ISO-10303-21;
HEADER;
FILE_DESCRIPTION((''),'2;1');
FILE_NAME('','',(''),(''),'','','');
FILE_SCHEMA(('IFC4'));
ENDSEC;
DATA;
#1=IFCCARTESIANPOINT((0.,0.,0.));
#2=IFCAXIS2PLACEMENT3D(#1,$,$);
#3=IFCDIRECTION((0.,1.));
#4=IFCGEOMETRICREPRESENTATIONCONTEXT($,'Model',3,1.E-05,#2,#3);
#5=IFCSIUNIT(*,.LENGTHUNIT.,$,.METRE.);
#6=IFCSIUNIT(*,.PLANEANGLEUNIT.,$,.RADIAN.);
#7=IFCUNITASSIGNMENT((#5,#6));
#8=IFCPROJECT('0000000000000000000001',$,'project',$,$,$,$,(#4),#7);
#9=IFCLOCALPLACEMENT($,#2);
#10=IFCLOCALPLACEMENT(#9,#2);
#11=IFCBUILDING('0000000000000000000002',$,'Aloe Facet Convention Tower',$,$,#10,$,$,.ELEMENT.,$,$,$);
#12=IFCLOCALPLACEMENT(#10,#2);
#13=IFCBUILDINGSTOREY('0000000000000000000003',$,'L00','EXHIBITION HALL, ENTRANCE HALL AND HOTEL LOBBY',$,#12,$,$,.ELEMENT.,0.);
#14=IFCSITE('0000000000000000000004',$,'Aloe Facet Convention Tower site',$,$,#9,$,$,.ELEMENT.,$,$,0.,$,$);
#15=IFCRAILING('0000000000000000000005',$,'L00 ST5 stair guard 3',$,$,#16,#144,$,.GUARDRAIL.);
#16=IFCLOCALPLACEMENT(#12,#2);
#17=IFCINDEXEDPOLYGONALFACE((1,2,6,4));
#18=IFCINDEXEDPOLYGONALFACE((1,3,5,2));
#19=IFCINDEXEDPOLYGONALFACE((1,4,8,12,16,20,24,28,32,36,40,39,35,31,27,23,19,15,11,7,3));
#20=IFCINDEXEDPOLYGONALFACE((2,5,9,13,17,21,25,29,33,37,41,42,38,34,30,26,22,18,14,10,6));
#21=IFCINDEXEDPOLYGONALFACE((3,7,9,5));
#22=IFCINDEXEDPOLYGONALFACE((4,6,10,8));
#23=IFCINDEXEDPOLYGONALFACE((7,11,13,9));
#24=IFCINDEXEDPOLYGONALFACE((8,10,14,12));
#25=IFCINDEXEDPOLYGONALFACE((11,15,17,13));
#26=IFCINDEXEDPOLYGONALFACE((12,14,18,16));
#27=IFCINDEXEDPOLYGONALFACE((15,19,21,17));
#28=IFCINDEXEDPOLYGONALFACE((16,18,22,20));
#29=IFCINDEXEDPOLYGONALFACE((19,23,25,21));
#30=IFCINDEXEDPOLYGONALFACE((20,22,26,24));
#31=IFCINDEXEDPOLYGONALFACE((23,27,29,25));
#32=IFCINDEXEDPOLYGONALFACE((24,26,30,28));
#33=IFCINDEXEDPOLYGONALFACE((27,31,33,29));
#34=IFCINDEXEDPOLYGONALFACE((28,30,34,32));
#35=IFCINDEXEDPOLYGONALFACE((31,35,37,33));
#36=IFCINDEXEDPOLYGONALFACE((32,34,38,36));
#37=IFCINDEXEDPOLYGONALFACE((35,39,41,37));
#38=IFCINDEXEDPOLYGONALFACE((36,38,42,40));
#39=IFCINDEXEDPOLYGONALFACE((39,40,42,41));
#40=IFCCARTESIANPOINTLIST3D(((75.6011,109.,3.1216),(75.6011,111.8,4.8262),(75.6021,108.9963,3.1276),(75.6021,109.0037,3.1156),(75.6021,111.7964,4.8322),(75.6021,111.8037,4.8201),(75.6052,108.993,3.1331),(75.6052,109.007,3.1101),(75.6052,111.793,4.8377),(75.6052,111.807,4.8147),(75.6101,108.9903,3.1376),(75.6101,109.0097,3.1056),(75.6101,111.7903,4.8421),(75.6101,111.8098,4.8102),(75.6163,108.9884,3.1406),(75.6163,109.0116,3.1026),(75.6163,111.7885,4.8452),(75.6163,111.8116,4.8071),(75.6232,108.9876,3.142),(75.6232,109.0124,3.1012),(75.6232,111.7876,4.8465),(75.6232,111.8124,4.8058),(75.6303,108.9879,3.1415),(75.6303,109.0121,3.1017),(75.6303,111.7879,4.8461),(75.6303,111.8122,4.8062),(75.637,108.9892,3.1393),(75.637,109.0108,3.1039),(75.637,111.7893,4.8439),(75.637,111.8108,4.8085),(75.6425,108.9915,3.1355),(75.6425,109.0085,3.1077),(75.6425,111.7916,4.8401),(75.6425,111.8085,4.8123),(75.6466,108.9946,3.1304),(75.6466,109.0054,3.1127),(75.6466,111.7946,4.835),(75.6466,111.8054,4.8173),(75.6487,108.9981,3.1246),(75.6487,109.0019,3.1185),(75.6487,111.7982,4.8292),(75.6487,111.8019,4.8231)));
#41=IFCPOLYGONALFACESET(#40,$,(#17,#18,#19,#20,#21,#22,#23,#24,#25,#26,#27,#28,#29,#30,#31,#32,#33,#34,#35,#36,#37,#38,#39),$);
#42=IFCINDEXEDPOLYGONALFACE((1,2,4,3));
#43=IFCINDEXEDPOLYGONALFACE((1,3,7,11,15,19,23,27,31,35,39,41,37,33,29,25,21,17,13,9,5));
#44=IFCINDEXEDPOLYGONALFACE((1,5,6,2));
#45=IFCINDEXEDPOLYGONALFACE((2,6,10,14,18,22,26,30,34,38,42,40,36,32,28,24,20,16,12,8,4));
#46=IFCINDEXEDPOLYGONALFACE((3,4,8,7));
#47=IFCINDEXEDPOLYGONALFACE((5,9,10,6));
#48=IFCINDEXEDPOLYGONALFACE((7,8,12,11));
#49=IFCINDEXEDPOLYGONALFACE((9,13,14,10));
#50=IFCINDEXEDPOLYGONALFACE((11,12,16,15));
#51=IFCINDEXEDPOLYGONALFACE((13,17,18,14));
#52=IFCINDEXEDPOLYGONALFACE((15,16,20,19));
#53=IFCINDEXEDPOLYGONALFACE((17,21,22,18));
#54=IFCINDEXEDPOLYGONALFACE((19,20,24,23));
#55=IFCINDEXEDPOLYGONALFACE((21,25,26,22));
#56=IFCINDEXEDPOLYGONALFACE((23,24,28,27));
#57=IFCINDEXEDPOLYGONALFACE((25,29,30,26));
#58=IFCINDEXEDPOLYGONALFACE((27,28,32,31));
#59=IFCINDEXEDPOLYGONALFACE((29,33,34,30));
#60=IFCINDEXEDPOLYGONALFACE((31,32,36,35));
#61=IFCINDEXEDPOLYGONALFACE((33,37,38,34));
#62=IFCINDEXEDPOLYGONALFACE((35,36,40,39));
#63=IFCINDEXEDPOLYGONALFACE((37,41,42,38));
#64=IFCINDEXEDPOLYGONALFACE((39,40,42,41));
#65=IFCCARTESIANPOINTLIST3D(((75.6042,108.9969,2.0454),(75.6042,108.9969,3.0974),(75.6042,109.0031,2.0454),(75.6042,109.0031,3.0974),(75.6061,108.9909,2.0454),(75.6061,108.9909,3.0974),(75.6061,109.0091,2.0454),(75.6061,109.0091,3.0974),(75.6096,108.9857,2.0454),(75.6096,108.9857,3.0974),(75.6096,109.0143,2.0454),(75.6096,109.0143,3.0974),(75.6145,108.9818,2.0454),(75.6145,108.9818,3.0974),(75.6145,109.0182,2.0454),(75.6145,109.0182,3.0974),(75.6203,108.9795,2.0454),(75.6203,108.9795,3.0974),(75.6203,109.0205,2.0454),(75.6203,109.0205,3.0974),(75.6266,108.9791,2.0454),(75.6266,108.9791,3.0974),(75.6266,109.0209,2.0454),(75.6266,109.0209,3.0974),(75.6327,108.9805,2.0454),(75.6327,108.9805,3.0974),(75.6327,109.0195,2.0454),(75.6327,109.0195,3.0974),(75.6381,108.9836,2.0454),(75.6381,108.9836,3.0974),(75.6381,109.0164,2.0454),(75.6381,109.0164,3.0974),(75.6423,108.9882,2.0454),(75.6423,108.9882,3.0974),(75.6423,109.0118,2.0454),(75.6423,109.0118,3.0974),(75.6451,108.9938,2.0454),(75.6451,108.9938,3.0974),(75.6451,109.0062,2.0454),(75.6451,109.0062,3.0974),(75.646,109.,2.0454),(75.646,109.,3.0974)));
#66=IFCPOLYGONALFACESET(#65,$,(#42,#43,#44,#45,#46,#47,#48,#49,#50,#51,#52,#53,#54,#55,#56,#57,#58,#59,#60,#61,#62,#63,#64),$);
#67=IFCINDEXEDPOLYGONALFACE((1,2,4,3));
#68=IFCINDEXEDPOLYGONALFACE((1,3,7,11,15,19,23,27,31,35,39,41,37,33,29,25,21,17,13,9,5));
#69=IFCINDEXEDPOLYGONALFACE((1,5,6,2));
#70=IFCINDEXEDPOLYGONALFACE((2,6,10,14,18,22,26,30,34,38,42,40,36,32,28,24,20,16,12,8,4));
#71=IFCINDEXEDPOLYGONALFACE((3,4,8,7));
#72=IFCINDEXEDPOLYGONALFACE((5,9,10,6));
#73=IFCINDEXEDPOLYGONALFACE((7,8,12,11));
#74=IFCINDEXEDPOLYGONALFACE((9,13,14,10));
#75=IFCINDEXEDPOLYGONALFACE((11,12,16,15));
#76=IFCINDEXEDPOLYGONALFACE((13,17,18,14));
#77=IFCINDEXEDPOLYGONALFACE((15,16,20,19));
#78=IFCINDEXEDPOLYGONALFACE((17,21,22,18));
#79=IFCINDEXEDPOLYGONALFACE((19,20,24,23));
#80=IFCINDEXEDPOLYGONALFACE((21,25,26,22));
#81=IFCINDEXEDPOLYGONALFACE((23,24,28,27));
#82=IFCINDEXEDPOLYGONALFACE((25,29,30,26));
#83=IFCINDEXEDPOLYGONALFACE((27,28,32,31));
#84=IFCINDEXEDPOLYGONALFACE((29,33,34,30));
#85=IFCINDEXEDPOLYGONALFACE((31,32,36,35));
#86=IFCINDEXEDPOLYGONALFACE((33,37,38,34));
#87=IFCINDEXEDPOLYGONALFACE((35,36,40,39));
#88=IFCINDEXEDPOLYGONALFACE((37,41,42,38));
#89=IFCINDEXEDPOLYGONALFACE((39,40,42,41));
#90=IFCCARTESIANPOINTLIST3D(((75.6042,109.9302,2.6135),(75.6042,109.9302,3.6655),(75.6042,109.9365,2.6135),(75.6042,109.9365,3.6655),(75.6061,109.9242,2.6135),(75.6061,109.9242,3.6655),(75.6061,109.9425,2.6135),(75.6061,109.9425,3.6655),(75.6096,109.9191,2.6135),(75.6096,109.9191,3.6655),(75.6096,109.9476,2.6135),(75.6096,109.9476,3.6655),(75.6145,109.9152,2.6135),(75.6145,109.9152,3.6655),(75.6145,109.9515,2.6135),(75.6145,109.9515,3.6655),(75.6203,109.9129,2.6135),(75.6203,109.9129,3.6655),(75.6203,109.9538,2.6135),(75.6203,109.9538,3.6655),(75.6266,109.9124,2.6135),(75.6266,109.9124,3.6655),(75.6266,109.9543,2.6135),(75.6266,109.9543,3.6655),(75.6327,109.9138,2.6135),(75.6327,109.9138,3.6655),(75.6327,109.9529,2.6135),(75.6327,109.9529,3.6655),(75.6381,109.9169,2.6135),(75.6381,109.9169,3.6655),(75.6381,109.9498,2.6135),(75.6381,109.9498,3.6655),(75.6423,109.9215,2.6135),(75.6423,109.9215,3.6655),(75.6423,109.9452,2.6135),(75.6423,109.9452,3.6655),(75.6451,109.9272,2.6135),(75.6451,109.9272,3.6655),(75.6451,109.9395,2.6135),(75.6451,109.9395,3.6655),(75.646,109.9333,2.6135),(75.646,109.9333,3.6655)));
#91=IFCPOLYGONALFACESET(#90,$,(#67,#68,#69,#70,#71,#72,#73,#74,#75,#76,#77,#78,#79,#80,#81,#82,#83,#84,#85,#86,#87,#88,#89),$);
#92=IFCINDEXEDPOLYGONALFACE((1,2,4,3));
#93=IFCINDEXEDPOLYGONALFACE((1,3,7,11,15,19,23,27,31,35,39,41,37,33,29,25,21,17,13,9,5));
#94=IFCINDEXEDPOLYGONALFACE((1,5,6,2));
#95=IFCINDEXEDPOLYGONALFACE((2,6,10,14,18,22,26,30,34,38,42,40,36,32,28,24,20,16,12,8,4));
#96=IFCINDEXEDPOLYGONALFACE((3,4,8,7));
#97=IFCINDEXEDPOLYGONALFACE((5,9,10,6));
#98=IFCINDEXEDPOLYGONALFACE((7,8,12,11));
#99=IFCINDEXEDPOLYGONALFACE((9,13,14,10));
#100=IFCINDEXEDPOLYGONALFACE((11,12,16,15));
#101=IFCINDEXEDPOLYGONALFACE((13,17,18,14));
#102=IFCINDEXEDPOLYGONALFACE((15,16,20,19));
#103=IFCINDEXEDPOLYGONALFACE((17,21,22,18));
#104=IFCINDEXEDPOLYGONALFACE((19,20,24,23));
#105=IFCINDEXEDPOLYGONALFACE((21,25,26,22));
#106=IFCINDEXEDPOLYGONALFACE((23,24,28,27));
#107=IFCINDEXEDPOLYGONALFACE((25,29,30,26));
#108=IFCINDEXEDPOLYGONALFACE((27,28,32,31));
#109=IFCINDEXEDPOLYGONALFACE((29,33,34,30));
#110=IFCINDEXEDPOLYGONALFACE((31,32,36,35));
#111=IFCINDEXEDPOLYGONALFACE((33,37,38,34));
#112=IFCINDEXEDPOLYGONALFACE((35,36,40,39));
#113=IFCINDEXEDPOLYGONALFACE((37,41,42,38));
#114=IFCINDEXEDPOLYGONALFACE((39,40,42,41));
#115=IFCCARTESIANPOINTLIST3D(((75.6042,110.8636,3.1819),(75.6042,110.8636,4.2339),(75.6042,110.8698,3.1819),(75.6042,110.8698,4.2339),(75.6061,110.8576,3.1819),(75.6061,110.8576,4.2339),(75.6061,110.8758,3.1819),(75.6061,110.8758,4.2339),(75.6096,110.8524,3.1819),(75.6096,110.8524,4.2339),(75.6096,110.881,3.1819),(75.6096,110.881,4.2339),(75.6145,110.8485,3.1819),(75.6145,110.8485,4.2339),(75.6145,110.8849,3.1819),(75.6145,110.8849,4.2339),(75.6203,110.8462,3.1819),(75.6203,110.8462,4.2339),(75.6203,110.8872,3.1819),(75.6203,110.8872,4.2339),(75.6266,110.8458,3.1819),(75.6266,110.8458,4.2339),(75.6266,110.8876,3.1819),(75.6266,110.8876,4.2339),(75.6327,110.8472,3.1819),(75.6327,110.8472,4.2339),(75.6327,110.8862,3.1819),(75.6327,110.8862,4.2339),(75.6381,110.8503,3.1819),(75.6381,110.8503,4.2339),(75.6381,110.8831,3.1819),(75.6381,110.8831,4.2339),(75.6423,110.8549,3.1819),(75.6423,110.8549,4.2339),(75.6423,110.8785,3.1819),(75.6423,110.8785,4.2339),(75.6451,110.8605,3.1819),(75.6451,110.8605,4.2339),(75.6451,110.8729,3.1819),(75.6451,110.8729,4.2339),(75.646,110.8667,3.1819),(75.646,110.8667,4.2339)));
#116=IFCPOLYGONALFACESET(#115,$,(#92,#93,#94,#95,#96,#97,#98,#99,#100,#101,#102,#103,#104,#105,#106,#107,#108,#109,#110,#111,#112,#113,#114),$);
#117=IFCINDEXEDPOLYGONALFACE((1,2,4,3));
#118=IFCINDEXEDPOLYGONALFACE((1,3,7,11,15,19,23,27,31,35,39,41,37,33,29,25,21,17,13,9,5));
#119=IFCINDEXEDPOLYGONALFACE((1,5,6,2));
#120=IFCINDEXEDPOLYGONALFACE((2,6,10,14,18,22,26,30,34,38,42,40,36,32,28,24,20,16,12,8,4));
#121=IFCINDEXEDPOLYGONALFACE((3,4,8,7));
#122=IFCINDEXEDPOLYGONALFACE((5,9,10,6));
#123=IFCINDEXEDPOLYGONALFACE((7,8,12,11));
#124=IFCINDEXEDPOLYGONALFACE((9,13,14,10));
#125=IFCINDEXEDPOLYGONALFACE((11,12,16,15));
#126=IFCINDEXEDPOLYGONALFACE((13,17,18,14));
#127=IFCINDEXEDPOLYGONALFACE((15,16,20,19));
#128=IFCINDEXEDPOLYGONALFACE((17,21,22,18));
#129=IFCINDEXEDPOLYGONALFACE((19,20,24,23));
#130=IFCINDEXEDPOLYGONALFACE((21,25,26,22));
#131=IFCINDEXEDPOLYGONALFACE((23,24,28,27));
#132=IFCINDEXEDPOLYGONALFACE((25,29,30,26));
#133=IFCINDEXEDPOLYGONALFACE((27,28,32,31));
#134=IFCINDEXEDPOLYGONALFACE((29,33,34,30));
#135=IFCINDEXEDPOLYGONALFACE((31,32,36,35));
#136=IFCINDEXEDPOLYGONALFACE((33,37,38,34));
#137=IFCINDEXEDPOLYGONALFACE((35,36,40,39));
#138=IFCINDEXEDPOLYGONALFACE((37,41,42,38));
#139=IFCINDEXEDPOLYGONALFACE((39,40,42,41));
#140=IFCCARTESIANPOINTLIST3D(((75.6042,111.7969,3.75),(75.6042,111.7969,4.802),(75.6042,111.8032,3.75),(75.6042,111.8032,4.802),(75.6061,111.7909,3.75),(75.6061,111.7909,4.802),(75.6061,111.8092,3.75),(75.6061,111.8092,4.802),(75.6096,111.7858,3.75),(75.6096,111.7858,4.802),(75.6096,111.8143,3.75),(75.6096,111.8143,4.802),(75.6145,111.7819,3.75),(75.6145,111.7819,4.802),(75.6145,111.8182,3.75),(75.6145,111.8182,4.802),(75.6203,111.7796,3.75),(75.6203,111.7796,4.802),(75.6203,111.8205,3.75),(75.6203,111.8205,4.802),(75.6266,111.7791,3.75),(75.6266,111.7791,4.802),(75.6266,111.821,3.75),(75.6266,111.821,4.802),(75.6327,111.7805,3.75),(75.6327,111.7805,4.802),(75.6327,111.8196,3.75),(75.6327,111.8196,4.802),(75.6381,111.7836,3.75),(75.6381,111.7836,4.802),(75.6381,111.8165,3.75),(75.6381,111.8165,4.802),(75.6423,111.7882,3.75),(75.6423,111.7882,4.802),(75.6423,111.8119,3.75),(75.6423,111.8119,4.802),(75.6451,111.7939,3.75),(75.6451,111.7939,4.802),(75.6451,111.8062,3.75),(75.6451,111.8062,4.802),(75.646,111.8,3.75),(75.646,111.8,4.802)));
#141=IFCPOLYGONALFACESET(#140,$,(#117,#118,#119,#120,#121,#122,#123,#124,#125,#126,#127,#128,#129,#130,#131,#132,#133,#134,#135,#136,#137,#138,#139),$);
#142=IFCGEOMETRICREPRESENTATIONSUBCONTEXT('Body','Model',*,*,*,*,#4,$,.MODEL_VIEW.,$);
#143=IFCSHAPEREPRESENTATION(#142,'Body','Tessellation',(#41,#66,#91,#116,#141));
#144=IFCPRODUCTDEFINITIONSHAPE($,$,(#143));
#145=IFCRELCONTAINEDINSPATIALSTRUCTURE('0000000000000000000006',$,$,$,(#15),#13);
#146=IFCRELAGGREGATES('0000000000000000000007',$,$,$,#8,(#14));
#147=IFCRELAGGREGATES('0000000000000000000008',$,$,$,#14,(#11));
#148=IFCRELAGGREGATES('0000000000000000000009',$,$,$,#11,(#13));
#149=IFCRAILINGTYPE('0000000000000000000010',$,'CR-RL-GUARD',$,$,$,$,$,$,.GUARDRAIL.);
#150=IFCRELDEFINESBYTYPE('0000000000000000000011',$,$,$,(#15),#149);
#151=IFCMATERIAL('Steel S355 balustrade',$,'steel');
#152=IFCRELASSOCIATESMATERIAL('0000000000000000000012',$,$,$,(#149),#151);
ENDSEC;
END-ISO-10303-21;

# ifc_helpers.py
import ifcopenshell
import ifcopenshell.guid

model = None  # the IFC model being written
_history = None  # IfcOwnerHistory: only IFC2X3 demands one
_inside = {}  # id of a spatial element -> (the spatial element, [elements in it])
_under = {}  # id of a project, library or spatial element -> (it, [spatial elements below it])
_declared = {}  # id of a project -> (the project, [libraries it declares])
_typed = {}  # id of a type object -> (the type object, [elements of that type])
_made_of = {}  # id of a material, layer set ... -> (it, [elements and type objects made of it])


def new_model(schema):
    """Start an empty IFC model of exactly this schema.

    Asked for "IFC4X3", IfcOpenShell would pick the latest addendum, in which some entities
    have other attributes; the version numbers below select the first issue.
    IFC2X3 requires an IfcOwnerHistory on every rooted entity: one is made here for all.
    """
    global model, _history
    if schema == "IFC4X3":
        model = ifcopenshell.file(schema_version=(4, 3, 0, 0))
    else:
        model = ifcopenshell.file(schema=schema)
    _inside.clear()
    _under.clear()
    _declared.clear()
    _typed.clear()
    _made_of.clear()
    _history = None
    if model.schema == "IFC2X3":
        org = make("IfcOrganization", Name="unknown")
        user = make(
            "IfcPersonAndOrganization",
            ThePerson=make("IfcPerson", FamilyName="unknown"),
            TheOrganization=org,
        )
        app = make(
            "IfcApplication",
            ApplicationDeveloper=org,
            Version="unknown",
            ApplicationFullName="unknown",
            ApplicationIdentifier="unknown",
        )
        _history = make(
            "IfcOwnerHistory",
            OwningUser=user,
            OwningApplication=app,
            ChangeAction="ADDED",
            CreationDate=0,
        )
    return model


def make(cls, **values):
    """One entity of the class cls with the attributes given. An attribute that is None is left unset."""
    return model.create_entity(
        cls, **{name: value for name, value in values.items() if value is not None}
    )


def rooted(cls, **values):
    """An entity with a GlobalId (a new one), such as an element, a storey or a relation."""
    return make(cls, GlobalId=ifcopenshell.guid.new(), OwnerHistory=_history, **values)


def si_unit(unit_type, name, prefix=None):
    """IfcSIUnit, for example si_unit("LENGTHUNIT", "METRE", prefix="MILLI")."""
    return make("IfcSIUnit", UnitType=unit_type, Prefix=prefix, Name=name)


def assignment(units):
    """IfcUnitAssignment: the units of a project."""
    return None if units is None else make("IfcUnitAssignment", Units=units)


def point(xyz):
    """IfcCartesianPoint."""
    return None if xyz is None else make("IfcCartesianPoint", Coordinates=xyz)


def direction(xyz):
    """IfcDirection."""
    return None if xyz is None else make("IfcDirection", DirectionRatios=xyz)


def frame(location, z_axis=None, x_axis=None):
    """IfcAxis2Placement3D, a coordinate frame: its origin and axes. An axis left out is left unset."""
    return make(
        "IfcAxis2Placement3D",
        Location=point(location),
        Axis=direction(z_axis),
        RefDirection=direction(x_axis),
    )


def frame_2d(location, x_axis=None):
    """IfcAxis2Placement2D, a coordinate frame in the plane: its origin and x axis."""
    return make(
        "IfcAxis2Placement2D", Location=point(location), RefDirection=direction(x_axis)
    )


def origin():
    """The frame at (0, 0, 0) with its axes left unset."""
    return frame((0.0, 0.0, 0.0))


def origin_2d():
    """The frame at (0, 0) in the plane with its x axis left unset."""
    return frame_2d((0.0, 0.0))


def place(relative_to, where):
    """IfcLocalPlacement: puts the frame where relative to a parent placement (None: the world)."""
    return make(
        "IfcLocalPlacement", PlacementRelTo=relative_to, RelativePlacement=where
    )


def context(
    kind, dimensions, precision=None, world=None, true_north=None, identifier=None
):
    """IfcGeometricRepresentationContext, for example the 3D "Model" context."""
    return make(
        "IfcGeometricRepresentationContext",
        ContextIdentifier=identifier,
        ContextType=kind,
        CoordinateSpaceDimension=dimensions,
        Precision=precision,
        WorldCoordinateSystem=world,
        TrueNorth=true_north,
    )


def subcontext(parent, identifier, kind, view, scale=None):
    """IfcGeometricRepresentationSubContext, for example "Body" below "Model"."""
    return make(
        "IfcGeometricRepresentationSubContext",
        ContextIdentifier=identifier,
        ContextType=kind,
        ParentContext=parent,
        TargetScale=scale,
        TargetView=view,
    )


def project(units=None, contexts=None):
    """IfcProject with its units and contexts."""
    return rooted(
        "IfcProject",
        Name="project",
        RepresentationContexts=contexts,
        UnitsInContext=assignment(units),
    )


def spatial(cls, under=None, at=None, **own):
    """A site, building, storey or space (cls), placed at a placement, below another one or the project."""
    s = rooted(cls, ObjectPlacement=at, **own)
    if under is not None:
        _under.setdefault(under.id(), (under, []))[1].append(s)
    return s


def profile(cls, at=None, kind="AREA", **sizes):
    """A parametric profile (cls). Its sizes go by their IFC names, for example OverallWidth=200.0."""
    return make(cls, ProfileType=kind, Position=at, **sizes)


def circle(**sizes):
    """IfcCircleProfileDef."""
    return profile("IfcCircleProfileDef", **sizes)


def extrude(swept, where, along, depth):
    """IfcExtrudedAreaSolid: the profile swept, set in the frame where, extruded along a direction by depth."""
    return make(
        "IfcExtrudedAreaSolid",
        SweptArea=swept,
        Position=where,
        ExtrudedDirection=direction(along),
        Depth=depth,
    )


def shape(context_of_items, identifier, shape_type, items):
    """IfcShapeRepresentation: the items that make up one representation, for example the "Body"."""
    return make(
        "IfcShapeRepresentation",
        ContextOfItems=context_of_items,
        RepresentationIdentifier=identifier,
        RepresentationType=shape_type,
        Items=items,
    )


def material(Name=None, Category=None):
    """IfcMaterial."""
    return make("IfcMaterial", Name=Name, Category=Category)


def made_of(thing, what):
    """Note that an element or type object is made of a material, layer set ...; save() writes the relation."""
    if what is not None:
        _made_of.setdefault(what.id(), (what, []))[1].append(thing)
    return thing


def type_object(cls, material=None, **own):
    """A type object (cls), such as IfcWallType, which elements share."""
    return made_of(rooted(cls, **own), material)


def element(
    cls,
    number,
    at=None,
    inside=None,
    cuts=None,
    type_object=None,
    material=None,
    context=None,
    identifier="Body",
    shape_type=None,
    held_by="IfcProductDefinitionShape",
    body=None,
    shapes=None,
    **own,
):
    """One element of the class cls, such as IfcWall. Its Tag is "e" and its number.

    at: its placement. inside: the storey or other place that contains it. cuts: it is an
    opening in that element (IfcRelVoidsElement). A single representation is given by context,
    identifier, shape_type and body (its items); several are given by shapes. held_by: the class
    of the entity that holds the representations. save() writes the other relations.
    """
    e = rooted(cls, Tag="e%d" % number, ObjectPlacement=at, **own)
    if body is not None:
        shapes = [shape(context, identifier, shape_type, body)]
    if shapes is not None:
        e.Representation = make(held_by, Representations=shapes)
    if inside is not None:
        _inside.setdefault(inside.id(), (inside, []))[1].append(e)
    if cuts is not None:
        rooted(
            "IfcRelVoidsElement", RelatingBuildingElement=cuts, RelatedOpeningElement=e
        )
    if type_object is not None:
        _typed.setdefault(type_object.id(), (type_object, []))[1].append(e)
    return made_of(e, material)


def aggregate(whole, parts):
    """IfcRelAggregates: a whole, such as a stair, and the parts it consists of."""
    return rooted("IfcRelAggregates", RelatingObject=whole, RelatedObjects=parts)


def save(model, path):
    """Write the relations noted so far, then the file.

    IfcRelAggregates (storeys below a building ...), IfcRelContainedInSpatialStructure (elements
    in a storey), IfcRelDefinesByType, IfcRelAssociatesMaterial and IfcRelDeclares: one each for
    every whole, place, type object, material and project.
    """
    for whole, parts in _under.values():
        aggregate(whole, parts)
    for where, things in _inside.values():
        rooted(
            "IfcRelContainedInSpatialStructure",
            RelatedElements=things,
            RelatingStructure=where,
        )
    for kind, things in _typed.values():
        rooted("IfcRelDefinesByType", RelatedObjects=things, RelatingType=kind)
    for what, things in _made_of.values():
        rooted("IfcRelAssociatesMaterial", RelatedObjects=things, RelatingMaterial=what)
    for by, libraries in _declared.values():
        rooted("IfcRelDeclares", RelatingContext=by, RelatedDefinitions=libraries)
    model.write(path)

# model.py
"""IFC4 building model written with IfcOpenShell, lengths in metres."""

from ifc_helpers import new_model, si_unit, direction, frame, origin, origin_2d, place, context, subcontext, project, spatial, circle, extrude, material, type_object, element, save


model = new_model("IFC4")

# Units and contexts
model_context = context("Model", 3, precision=1e-05, world=origin(), true_north=direction((0.0, 1.0)))
body_context = subcontext(model_context, "Body", "Model", "MODEL_VIEW")
ifc_project = project(units=[si_unit("LENGTHUNIT", "METRE"), si_unit("PLANEANGLEUNIT", "RADIAN")], contexts=[model_context])

# Site, building, storey
site_placement = place(None, origin())
site = spatial("IfcSite", under=ifc_project, at=site_placement, Name="Aloe Facet Convention Tower site", CompositionType="ELEMENT", RefElevation=0.0)
building_placement = place(site_placement, origin())
building = spatial("IfcBuilding", under=site, at=building_placement, Name="Aloe Facet Convention Tower", CompositionType="ELEMENT")
storey_placement = place(building_placement, origin())
storey = spatial("IfcBuildingStorey", under=building, at=storey_placement, Name="L00", Description="EXHIBITION HALL, ENTRANCE HALL AND HOTEL LOBBY", CompositionType="ELEMENT", Elevation=0.0)

# Railing
ifc_material_1 = material(Name="Steel S355 balustrade", Category="steel")
railing_type_1 = type_object("IfcRailingType", Name="CR-RL-GUARD", PredefinedType="GUARDRAIL", material=ifc_material_1)
railing_1_placement = place(storey_placement, frame((75.625, 109.0, 2.0454)))
element("IfcRailing", 1, at=railing_1_placement, inside=storey, type_object=railing_type_1, Name="L00 ST5 stair guard 3", PredefinedType="GUARDRAIL", context=body_context, shape_type="SweptSolid", body=[
    extrude(circle(Radius=0.0239, at=origin_2d()), frame((0.0, 0.0, 1.0762), z_axis=(0.0, 0.85417, 0.519994), x_axis=(-1.0, 0.0, 0.0)), (0.0, 0.0, 1.0), 3.2781),
    extrude(circle(Radius=0.021, at=origin_2d()), origin(), (0.0, 0.0, 1.0), 1.052),
    extrude(circle(Radius=0.021, at=origin_2d()), frame((0.0, 0.9333, 0.5681)), (0.0, 0.0, 1.0), 1.052),
    extrude(circle(Radius=0.021, at=origin_2d()), frame((0.0, 1.8667, 1.1365)), (0.0, 0.0, 1.0), 1.052),
    extrude(circle(Radius=0.021, at=origin_2d()), frame((0.0, 2.8, 1.7046)), (0.0, 0.0, 1.0), 1.052),
])

save(model, "model.ifc")
